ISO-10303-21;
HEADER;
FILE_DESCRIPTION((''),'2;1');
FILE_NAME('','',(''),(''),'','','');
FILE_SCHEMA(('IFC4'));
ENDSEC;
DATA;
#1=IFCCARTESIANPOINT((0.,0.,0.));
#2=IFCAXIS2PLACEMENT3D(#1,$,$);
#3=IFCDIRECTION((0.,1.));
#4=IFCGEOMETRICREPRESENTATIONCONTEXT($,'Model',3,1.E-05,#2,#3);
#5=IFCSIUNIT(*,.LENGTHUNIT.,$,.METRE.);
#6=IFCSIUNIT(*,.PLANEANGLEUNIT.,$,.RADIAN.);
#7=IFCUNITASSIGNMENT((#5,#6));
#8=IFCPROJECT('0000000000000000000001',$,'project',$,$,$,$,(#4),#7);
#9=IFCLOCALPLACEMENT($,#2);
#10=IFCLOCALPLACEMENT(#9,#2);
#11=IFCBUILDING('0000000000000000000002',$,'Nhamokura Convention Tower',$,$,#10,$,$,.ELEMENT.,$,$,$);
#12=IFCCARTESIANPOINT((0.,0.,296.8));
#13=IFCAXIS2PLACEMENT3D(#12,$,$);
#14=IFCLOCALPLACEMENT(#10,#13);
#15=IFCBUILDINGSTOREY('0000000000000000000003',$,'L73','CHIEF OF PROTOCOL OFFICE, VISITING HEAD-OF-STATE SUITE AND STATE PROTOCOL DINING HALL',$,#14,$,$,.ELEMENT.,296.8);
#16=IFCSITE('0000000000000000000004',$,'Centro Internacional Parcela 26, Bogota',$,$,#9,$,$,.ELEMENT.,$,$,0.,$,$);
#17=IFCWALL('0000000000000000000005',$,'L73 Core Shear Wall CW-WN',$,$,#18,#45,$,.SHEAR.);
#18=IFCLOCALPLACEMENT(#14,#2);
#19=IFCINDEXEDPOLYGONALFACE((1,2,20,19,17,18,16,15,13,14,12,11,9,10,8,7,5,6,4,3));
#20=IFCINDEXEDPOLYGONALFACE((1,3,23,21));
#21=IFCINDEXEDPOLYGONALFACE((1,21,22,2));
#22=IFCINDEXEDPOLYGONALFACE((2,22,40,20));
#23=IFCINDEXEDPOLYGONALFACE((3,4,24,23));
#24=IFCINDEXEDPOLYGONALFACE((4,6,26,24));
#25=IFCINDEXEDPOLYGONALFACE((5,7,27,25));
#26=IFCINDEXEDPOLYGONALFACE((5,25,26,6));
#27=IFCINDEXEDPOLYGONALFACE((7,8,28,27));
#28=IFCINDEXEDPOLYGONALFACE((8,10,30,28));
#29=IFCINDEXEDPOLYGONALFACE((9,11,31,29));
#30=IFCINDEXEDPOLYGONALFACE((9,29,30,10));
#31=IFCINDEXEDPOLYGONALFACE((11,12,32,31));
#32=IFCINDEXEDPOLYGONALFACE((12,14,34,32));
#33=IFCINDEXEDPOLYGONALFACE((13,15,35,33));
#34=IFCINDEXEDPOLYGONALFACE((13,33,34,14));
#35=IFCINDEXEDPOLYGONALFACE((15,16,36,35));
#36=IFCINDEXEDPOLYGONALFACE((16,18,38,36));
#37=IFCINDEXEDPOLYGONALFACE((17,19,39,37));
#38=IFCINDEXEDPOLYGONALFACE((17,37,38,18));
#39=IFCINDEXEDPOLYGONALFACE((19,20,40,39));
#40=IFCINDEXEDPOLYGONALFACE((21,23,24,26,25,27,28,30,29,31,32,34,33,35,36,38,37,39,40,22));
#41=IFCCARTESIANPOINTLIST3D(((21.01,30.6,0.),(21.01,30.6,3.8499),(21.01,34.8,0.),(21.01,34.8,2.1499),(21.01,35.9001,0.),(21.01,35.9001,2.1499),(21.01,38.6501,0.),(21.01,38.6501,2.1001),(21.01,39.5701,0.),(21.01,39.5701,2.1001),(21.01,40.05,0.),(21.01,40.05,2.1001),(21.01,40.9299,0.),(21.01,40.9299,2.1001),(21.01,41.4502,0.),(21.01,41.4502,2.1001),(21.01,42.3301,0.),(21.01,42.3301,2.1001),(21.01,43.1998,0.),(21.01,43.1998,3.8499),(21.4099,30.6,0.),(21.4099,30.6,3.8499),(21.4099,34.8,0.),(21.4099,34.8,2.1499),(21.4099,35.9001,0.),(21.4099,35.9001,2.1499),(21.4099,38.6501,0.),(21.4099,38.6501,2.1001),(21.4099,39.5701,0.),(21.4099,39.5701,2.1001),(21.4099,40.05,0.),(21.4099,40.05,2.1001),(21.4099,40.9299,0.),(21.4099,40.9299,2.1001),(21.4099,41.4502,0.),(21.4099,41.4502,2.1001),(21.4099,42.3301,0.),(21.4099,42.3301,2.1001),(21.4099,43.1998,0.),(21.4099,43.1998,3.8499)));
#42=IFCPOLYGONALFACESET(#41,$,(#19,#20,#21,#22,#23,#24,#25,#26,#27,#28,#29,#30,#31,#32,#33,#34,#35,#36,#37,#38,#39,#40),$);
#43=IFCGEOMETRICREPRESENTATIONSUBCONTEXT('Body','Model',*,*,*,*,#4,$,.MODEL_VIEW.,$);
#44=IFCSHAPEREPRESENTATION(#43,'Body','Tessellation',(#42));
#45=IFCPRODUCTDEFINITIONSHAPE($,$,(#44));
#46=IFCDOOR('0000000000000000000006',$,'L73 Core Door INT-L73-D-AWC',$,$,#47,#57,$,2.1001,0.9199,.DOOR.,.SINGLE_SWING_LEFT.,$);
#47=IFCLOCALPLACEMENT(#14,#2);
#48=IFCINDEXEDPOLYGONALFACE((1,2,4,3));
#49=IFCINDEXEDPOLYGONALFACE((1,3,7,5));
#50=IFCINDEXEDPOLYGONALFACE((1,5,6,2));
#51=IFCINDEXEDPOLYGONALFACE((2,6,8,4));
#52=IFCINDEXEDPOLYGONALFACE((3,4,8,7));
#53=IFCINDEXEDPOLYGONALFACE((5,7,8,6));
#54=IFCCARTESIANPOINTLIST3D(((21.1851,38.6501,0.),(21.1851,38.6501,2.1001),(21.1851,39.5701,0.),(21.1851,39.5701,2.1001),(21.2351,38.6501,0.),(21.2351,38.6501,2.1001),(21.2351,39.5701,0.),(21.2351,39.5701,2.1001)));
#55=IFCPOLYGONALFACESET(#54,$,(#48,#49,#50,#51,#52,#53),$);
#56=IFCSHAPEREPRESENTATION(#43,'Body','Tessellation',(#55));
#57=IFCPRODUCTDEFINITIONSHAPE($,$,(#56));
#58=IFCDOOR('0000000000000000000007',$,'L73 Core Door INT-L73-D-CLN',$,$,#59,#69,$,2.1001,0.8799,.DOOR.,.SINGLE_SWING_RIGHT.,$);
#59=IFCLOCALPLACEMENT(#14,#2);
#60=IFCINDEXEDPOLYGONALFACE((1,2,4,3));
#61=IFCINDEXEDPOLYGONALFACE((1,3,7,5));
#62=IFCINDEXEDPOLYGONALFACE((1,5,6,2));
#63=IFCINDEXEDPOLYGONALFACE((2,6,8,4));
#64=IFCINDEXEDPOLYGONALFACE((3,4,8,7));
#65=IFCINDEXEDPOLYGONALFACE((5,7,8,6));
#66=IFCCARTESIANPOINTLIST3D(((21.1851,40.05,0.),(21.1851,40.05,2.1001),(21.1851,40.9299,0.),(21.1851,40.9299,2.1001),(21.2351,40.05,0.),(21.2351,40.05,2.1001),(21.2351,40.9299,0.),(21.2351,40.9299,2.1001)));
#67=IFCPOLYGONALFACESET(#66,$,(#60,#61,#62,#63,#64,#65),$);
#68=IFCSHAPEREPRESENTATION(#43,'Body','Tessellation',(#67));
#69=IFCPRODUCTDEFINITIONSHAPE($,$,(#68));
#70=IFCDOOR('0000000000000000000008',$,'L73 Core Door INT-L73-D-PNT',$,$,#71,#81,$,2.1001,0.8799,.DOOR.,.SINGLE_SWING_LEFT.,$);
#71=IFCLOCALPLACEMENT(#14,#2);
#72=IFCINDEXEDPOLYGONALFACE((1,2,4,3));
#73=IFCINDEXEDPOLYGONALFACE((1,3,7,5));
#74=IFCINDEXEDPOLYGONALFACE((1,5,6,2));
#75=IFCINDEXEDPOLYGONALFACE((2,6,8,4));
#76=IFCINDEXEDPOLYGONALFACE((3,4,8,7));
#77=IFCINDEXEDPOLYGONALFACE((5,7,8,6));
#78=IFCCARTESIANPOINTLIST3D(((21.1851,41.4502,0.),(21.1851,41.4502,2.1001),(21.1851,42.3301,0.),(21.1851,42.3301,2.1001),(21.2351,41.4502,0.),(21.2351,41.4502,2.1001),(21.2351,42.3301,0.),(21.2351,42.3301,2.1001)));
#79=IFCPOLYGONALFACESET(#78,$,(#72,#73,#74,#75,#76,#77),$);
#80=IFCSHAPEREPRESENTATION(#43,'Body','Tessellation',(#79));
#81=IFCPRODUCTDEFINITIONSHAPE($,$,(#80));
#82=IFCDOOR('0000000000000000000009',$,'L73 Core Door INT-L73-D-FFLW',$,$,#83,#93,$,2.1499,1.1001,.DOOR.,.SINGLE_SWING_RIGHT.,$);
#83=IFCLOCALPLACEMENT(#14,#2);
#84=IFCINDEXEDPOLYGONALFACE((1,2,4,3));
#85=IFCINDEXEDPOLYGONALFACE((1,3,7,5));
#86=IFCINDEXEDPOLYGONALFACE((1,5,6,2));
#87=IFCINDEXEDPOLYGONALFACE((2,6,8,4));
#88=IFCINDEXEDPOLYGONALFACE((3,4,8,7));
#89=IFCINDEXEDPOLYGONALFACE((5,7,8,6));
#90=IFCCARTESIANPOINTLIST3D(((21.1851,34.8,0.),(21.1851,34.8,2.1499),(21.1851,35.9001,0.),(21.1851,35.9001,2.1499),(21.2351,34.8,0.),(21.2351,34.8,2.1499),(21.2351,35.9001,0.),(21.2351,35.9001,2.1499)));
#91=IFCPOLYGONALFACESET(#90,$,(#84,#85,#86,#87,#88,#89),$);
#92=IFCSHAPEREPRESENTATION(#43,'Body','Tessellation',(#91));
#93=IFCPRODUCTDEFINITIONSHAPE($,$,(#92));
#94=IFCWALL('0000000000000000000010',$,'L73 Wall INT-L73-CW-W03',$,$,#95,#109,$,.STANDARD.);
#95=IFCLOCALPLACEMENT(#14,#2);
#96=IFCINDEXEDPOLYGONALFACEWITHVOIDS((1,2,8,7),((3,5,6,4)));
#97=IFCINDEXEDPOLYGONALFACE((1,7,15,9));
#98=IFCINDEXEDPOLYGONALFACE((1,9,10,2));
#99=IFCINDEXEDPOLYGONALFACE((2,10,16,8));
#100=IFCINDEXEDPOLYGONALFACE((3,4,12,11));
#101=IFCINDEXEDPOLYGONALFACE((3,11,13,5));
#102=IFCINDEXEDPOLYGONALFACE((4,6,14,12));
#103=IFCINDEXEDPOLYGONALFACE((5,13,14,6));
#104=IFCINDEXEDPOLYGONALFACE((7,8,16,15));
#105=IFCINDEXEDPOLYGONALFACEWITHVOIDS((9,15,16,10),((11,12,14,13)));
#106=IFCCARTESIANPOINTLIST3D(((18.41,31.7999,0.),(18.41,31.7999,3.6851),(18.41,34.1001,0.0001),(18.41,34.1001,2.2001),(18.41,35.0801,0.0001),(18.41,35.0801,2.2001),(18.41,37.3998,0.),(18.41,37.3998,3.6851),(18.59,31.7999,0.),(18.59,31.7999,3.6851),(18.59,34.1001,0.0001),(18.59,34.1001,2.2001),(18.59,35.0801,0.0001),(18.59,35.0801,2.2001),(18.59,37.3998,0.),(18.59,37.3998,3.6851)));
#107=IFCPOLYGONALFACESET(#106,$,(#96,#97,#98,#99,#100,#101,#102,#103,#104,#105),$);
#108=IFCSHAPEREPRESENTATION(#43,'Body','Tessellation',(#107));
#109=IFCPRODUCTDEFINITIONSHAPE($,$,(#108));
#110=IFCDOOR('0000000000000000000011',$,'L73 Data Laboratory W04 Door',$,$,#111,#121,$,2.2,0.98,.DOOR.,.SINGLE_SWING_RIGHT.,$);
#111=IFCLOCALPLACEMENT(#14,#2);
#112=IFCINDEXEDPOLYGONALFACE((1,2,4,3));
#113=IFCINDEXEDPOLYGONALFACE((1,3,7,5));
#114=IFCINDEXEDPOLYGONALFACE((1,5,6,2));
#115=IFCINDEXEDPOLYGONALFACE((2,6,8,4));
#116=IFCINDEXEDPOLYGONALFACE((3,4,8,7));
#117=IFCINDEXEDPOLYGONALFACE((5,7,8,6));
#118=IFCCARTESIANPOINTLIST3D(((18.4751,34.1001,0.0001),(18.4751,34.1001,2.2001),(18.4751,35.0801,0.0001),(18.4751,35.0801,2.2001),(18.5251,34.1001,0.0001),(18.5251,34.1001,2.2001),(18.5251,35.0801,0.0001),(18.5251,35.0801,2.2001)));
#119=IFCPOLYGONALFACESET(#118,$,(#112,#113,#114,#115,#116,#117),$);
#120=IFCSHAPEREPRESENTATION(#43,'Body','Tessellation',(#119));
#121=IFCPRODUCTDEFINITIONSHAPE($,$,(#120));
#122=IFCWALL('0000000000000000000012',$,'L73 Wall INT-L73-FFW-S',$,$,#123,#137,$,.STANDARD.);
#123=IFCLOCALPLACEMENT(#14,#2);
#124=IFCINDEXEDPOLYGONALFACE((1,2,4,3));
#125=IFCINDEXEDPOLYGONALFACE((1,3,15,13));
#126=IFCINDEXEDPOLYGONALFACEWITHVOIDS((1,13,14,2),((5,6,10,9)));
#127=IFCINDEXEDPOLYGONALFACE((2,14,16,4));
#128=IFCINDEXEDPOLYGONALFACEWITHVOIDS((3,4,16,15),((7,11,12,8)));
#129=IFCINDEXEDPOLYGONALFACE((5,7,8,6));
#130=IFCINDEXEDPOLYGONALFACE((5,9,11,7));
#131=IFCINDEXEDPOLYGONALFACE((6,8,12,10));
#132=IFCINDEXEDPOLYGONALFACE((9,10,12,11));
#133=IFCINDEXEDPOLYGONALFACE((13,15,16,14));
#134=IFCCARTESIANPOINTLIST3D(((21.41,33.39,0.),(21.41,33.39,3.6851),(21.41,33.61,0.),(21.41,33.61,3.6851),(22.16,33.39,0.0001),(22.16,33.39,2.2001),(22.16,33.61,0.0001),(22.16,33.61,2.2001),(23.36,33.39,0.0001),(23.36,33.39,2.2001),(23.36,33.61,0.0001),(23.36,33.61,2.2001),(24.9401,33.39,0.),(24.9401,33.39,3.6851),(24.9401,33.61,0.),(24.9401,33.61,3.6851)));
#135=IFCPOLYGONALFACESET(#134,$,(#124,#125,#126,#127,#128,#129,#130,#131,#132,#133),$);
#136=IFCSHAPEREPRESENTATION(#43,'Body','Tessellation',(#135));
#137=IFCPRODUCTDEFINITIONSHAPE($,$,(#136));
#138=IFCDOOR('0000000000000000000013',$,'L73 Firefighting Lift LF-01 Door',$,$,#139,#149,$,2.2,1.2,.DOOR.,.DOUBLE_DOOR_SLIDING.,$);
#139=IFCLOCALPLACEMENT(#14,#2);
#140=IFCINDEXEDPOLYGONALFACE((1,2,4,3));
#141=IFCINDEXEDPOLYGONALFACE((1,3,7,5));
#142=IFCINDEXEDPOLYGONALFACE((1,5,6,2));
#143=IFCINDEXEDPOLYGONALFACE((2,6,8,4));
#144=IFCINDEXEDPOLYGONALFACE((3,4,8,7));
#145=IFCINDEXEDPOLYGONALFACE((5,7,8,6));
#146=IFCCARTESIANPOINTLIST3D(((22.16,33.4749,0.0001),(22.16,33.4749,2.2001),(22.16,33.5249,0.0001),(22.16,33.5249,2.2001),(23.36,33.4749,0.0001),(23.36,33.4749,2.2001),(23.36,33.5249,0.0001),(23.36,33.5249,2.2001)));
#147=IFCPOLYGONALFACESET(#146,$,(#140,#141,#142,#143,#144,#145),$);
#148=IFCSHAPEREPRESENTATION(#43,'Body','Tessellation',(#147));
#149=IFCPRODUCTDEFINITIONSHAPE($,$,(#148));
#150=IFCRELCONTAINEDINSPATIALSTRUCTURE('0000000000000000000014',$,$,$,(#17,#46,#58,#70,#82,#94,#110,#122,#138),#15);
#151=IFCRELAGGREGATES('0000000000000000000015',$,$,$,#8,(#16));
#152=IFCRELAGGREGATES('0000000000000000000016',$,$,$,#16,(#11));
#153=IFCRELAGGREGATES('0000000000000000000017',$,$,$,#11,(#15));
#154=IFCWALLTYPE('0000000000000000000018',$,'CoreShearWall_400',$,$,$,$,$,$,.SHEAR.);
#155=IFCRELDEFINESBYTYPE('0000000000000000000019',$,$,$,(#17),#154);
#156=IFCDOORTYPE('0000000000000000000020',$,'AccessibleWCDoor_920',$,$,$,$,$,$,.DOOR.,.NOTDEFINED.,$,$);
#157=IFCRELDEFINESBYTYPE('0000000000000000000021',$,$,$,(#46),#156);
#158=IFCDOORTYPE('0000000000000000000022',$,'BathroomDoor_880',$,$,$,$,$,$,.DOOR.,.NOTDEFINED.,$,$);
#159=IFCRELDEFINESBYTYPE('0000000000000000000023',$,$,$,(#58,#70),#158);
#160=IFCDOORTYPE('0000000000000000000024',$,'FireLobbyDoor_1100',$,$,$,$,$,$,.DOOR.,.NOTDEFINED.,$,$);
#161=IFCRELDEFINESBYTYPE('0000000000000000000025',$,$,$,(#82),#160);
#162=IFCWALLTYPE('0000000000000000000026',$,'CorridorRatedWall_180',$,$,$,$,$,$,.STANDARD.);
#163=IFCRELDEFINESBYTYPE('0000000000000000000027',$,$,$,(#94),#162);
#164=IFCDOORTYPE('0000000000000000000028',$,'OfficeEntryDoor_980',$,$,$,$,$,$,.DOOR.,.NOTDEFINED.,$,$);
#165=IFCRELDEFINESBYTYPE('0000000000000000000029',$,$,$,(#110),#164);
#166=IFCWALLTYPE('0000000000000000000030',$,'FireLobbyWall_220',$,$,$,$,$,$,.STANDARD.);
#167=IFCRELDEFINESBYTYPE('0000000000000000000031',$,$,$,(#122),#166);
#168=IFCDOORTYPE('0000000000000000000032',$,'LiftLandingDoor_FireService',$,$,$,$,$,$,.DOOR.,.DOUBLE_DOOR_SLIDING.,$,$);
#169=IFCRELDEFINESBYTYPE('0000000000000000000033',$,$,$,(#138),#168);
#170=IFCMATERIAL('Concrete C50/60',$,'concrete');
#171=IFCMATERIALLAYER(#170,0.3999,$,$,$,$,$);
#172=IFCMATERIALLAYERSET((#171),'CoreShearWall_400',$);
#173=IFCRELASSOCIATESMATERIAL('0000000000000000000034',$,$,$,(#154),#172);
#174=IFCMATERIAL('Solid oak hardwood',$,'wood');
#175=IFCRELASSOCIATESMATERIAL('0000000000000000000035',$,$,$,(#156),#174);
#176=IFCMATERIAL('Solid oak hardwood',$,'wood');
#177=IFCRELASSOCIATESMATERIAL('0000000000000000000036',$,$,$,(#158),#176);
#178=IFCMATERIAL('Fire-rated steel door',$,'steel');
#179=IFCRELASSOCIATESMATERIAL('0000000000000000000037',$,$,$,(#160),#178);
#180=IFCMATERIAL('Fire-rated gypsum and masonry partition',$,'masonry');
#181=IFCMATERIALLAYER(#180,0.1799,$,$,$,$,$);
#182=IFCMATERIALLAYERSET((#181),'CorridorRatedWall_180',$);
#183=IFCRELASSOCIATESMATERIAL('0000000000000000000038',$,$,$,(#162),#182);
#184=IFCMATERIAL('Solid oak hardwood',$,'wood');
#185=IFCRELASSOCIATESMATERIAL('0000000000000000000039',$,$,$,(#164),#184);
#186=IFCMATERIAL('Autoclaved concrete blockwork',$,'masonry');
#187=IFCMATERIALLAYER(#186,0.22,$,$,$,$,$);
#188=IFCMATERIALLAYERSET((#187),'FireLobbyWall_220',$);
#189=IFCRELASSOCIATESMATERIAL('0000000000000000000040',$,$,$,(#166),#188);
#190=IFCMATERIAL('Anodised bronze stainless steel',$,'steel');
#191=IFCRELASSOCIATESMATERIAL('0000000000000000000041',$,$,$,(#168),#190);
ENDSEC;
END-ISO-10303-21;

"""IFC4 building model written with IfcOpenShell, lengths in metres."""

from ifc_helpers import new_model, si_unit, direction, frame, frame_2d, origin, place, context, subcontext, project, spatial, rectangle, extrude, material, layer, layer_set, type_object, element, fill, save


model = new_model("IFC4")

# Units and contexts
model_context = context("Model", 3, precision=1e-05, world=origin(), true_north=direction((0.0, 1.0)))
body_context = subcontext(model_context, "Body", "Model", "MODEL_VIEW")
ifc_project = project(units=[si_unit("LENGTHUNIT", "METRE"), si_unit("PLANEANGLEUNIT", "RADIAN")], contexts=[model_context])

# Site, building, storey
site_placement = place(None, origin())
site = spatial("IfcSite", under=ifc_project, at=site_placement, Name="Centro Internacional Parcela 26, Bogota", CompositionType="ELEMENT", RefElevation=0.0)
building_placement = place(site_placement, origin())
building = spatial("IfcBuilding", under=site, at=building_placement, Name="Nhamokura Convention Tower", CompositionType="ELEMENT")
storey_placement = place(building_placement, frame((0.0, 0.0, 296.8)))
storey = spatial("IfcBuildingStorey", under=building, at=storey_placement, Name="L73", Description="CHIEF OF PROTOCOL OFFICE, VISITING HEAD-OF-STATE SUITE AND STATE PROTOCOL DINING HALL", CompositionType="ELEMENT", Elevation=296.8)

# Wall, openings, doors
ifc_material_1 = material(Name="Concrete C50/60", Category="concrete")
ifc_layer_1 = layer(ifc_material_1, 0.3999)
ifc_layer_set_1 = layer_set([ifc_layer_1], Name="CoreShearWall_400")
wall_type_1 = type_object("IfcWallType", Name="CoreShearWall_400", PredefinedType="SHEAR", material=ifc_layer_set_1)
wall_1_placement = place(storey_placement, frame((21.21, 30.6001, 0.0), z_axis=(0.0, 0.0, 1.0), x_axis=(0.0, 1.0, 0.0)))
wall_1 = element("IfcWall", 1, at=wall_1_placement, inside=storey, type_object=wall_type_1, Name="L73 Core Shear Wall CW-WN", PredefinedType="SHEAR", context=body_context, shape_type="SweptSolid", body=[
    extrude(rectangle(XDim=12.5999, YDim=0.3999, at=frame_2d((6.2998, 0.0))), origin(), (0.0, 0.0, 1.0), 3.8499),
])
opening_1_placement = place(wall_1_placement, frame((4.2, 0.0, 0.0)))
opening_1 = element("IfcOpeningElement", 2, at=opening_1_placement, cuts=wall_1, PredefinedType="OPENING", context=body_context, shape_type="SweptSolid", body=[
    extrude(rectangle(XDim=1.1001, YDim=2.1499, at=frame_2d((0.55, 1.075))), frame((0.0, 0.21, 0.0), z_axis=(0.0, -1.0, 0.0), x_axis=(1.0, 0.0, 0.0)), (0.0, 0.0, 1.0), 0.4199),
])
opening_2_placement = place(wall_1_placement, frame((8.05, 0.0, 0.0)))
opening_2 = element("IfcOpeningElement", 3, at=opening_2_placement, cuts=wall_1, PredefinedType="OPENING", context=body_context, shape_type="SweptSolid", body=[
    extrude(rectangle(XDim=0.9199, YDim=2.1001, at=frame_2d((0.46, 1.05))), frame((0.0, 0.21, 0.0), z_axis=(0.0, -1.0, 0.0), x_axis=(1.0, 0.0, 0.0)), (0.0, 0.0, 1.0), 0.4199),
])
opening_3_placement = place(wall_1_placement, frame((9.45, 0.0, 0.0)))
opening_3 = element("IfcOpeningElement", 4, at=opening_3_placement, cuts=wall_1, PredefinedType="OPENING", context=body_context, shape_type="SweptSolid", body=[
    extrude(rectangle(XDim=0.8799, YDim=2.1001, at=frame_2d((0.4399, 1.05))), frame((0.0, 0.21, 0.0), z_axis=(0.0, -1.0, 0.0), x_axis=(1.0, 0.0, 0.0)), (0.0, 0.0, 1.0), 0.4199),
])
opening_4_placement = place(wall_1_placement, frame((10.8501, 0.0, 0.0)))
opening_4 = element("IfcOpeningElement", 5, at=opening_4_placement, cuts=wall_1, PredefinedType="OPENING", context=body_context, shape_type="SweptSolid", body=[
    extrude(rectangle(XDim=0.8799, YDim=2.1001, at=frame_2d((0.4399, 1.05))), frame((0.0, 0.21, 0.0), z_axis=(0.0, -1.0, 0.0), x_axis=(1.0, 0.0, 0.0)), (0.0, 0.0, 1.0), 0.4199),
])
ifc_material_2 = material(Name="Solid oak hardwood", Category="wood")
door_type_1 = type_object("IfcDoorType", Name="AccessibleWCDoor_920", OperationType="NOTDEFINED", PredefinedType="DOOR", material=ifc_material_2)
door_1_placement = place(opening_2_placement, origin())
door_1 = element("IfcDoor", 6, at=door_1_placement, inside=storey, type_object=door_type_1, Name="L73 Core Door INT-L73-D-AWC", OperationType="SINGLE_SWING_LEFT", OverallHeight=2.1001, OverallWidth=0.9199, PredefinedType="DOOR", context=body_context, shape_type="SweptSolid", body=[
    extrude(rectangle(XDim=0.9199, YDim=2.1001, at=frame_2d((0.46, 1.05))), frame((0.0, 0.0249, 0.0), z_axis=(0.0, -1.0, 0.0), x_axis=(1.0, 0.0, 0.0)), (0.0, 0.0, 1.0), 0.05),
])
fill(opening_2, door_1)
ifc_material_3 = material(Name="Solid oak hardwood", Category="wood")
door_type_2 = type_object("IfcDoorType", Name="BathroomDoor_880", OperationType="NOTDEFINED", PredefinedType="DOOR", material=ifc_material_3)
door_2_placement = place(opening_3_placement, origin())
door_2 = element("IfcDoor", 7, at=door_2_placement, inside=storey, type_object=door_type_2, Name="L73 Core Door INT-L73-D-CLN", OperationType="SINGLE_SWING_RIGHT", OverallHeight=2.1001, OverallWidth=0.8799, PredefinedType="DOOR", context=body_context, shape_type="SweptSolid", body=[
    extrude(rectangle(XDim=0.8799, YDim=2.1001, at=frame_2d((0.4399, 1.05))), frame((0.0, 0.0249, 0.0), z_axis=(0.0, -1.0, 0.0), x_axis=(1.0, 0.0, 0.0)), (0.0, 0.0, 1.0), 0.05),
])
fill(opening_3, door_2)
door_3_placement = place(opening_4_placement, origin())
door_3 = element("IfcDoor", 8, at=door_3_placement, inside=storey, type_object=door_type_2, Name="L73 Core Door INT-L73-D-PNT", OperationType="SINGLE_SWING_LEFT", OverallHeight=2.1001, OverallWidth=0.8799, PredefinedType="DOOR", context=body_context, shape_type="SweptSolid", body=[
    extrude(rectangle(XDim=0.8799, YDim=2.1001, at=frame_2d((0.4399, 1.05))), frame((0.0, 0.0249, 0.0), z_axis=(0.0, -1.0, 0.0), x_axis=(1.0, 0.0, 0.0)), (0.0, 0.0, 1.0), 0.05),
])
fill(opening_4, door_3)
ifc_material_4 = material(Name="Fire-rated steel door", Category="steel")
door_type_3 = type_object("IfcDoorType", Name="FireLobbyDoor_1100", OperationType="NOTDEFINED", PredefinedType="DOOR", material=ifc_material_4)
door_4_placement = place(opening_1_placement, origin())
door_4 = element("IfcDoor", 9, at=door_4_placement, inside=storey, type_object=door_type_3, Name="L73 Core Door INT-L73-D-FFLW", OperationType="SINGLE_SWING_RIGHT", OverallHeight=2.1499, OverallWidth=1.1001, PredefinedType="DOOR", context=body_context, shape_type="SweptSolid", body=[
    extrude(rectangle(XDim=1.1001, YDim=2.1499, at=frame_2d((0.55, 1.075))), frame((0.0, 0.0249, 0.0), z_axis=(0.0, -1.0, 0.0), x_axis=(1.0, 0.0, 0.0)), (0.0, 0.0, 1.0), 0.05),
])
fill(opening_1, door_4)

# Walls, openings, doors
ifc_material_5 = material(Name="Fire-rated gypsum and masonry partition", Category="masonry")
ifc_layer_2 = layer(ifc_material_5, 0.1799)
ifc_layer_set_2 = layer_set([ifc_layer_2], Name="CorridorRatedWall_180")
wall_type_2 = type_object("IfcWallType", Name="CorridorRatedWall_180", PredefinedType="STANDARD", material=ifc_layer_set_2)
wall_2_placement = place(storey_placement, frame((18.5, 31.8, 0.0), z_axis=(0.0, 0.0, 1.0), x_axis=(0.0, 1.0, 0.0)))
wall_2 = element("IfcWall", 10, at=wall_2_placement, inside=storey, type_object=wall_type_2, Name="L73 Wall INT-L73-CW-W03", PredefinedType="STANDARD", context=body_context, shape_type="SweptSolid", body=[
    extrude(rectangle(XDim=5.5999, YDim=0.1799, at=frame_2d((2.7998, 0.0))), origin(), (0.0, 0.0, 1.0), 3.6851),
])
opening_5_placement = place(wall_2_placement, frame((2.3, 0.0, 0.0)))
opening_5 = element("IfcOpeningElement", 11, at=opening_5_placement, cuts=wall_2, PredefinedType="OPENING", context=body_context, shape_type="SweptSolid", body=[
    extrude(rectangle(XDim=0.98, YDim=2.2, at=frame_2d((0.49, 1.1001))), frame((0.0, 0.0999, 0.0), z_axis=(0.0, -1.0, 0.0), x_axis=(1.0, 0.0, 0.0)), (0.0, 0.0, 1.0), 0.2),
])
ifc_material_6 = material(Name="Solid oak hardwood", Category="wood")
door_type_4 = type_object("IfcDoorType", Name="OfficeEntryDoor_980", OperationType="NOTDEFINED", PredefinedType="DOOR", material=ifc_material_6)
door_5_placement = place(opening_5_placement, origin())
door_5 = element("IfcDoor", 12, at=door_5_placement, inside=storey, type_object=door_type_4, Name="L73 Data Laboratory W04 Door", OperationType="SINGLE_SWING_RIGHT", OverallHeight=2.2, OverallWidth=0.98, PredefinedType="DOOR", context=body_context, shape_type="SweptSolid", body=[
    extrude(rectangle(XDim=0.98, YDim=2.2, at=frame_2d((0.49, 1.1001))), frame((0.0, 0.0249, 0.0), z_axis=(0.0, -1.0, 0.0), x_axis=(1.0, 0.0, 0.0)), (0.0, 0.0, 1.0), 0.05),
])
fill(opening_5, door_5)
ifc_material_7 = material(Name="Autoclaved concrete blockwork", Category="masonry")
ifc_layer_3 = layer(ifc_material_7, 0.22)
ifc_layer_set_3 = layer_set([ifc_layer_3], Name="FireLobbyWall_220")
wall_type_3 = type_object("IfcWallType", Name="FireLobbyWall_220", PredefinedType="STANDARD", material=ifc_layer_set_3)
wall_3_placement = place(storey_placement, frame((21.4099, 33.5, 0.0), z_axis=(0.0, 0.0, 1.0), x_axis=(1.0, 0.0, 0.0)))
wall_3 = element("IfcWall", 13, at=wall_3_placement, inside=storey, type_object=wall_type_3, Name="L73 Wall INT-L73-FFW-S", PredefinedType="STANDARD", context=body_context, shape_type="SweptSolid", body=[
    extrude(rectangle(XDim=3.53, YDim=0.22, at=frame_2d((1.7651, 0.0))), origin(), (0.0, 0.0, 1.0), 3.6851),
])
opening_6_placement = place(wall_3_placement, frame((0.75, 0.0, 0.0)))
opening_6 = element("IfcOpeningElement", 14, at=opening_6_placement, cuts=wall_3, PredefinedType="OPENING", context=body_context, shape_type="SweptSolid", body=[
    extrude(rectangle(XDim=1.2, YDim=2.2, at=frame_2d((0.6001, 1.1001))), frame((0.0, 0.1199, 0.0), z_axis=(0.0, -1.0, 0.0), x_axis=(1.0, 0.0, 0.0)), (0.0, 0.0, 1.0), 0.24),
])
ifc_material_8 = material(Name="Anodised bronze stainless steel", Category="steel")
door_type_5 = type_object("IfcDoorType", Name="LiftLandingDoor_FireService", OperationType="DOUBLE_DOOR_SLIDING", PredefinedType="DOOR", material=ifc_material_8)
door_6_placement = place(opening_6_placement, origin())
door_6 = element("IfcDoor", 15, at=door_6_placement, inside=storey, type_object=door_type_5, Name="L73 Firefighting Lift LF-01 Door", OperationType="DOUBLE_DOOR_SLIDING", OverallHeight=2.2, OverallWidth=1.2, PredefinedType="DOOR", context=body_context, shape_type="SweptSolid", body=[
    extrude(rectangle(XDim=1.2, YDim=2.2, at=frame_2d((0.6001, 1.1001))), frame((0.0, 0.0249, 0.0), z_axis=(0.0, -1.0, 0.0), x_axis=(1.0, 0.0, 0.0)), (0.0, 0.0, 1.0), 0.05),
])
fill(opening_6, door_6)

save(model, "model.ifc")
